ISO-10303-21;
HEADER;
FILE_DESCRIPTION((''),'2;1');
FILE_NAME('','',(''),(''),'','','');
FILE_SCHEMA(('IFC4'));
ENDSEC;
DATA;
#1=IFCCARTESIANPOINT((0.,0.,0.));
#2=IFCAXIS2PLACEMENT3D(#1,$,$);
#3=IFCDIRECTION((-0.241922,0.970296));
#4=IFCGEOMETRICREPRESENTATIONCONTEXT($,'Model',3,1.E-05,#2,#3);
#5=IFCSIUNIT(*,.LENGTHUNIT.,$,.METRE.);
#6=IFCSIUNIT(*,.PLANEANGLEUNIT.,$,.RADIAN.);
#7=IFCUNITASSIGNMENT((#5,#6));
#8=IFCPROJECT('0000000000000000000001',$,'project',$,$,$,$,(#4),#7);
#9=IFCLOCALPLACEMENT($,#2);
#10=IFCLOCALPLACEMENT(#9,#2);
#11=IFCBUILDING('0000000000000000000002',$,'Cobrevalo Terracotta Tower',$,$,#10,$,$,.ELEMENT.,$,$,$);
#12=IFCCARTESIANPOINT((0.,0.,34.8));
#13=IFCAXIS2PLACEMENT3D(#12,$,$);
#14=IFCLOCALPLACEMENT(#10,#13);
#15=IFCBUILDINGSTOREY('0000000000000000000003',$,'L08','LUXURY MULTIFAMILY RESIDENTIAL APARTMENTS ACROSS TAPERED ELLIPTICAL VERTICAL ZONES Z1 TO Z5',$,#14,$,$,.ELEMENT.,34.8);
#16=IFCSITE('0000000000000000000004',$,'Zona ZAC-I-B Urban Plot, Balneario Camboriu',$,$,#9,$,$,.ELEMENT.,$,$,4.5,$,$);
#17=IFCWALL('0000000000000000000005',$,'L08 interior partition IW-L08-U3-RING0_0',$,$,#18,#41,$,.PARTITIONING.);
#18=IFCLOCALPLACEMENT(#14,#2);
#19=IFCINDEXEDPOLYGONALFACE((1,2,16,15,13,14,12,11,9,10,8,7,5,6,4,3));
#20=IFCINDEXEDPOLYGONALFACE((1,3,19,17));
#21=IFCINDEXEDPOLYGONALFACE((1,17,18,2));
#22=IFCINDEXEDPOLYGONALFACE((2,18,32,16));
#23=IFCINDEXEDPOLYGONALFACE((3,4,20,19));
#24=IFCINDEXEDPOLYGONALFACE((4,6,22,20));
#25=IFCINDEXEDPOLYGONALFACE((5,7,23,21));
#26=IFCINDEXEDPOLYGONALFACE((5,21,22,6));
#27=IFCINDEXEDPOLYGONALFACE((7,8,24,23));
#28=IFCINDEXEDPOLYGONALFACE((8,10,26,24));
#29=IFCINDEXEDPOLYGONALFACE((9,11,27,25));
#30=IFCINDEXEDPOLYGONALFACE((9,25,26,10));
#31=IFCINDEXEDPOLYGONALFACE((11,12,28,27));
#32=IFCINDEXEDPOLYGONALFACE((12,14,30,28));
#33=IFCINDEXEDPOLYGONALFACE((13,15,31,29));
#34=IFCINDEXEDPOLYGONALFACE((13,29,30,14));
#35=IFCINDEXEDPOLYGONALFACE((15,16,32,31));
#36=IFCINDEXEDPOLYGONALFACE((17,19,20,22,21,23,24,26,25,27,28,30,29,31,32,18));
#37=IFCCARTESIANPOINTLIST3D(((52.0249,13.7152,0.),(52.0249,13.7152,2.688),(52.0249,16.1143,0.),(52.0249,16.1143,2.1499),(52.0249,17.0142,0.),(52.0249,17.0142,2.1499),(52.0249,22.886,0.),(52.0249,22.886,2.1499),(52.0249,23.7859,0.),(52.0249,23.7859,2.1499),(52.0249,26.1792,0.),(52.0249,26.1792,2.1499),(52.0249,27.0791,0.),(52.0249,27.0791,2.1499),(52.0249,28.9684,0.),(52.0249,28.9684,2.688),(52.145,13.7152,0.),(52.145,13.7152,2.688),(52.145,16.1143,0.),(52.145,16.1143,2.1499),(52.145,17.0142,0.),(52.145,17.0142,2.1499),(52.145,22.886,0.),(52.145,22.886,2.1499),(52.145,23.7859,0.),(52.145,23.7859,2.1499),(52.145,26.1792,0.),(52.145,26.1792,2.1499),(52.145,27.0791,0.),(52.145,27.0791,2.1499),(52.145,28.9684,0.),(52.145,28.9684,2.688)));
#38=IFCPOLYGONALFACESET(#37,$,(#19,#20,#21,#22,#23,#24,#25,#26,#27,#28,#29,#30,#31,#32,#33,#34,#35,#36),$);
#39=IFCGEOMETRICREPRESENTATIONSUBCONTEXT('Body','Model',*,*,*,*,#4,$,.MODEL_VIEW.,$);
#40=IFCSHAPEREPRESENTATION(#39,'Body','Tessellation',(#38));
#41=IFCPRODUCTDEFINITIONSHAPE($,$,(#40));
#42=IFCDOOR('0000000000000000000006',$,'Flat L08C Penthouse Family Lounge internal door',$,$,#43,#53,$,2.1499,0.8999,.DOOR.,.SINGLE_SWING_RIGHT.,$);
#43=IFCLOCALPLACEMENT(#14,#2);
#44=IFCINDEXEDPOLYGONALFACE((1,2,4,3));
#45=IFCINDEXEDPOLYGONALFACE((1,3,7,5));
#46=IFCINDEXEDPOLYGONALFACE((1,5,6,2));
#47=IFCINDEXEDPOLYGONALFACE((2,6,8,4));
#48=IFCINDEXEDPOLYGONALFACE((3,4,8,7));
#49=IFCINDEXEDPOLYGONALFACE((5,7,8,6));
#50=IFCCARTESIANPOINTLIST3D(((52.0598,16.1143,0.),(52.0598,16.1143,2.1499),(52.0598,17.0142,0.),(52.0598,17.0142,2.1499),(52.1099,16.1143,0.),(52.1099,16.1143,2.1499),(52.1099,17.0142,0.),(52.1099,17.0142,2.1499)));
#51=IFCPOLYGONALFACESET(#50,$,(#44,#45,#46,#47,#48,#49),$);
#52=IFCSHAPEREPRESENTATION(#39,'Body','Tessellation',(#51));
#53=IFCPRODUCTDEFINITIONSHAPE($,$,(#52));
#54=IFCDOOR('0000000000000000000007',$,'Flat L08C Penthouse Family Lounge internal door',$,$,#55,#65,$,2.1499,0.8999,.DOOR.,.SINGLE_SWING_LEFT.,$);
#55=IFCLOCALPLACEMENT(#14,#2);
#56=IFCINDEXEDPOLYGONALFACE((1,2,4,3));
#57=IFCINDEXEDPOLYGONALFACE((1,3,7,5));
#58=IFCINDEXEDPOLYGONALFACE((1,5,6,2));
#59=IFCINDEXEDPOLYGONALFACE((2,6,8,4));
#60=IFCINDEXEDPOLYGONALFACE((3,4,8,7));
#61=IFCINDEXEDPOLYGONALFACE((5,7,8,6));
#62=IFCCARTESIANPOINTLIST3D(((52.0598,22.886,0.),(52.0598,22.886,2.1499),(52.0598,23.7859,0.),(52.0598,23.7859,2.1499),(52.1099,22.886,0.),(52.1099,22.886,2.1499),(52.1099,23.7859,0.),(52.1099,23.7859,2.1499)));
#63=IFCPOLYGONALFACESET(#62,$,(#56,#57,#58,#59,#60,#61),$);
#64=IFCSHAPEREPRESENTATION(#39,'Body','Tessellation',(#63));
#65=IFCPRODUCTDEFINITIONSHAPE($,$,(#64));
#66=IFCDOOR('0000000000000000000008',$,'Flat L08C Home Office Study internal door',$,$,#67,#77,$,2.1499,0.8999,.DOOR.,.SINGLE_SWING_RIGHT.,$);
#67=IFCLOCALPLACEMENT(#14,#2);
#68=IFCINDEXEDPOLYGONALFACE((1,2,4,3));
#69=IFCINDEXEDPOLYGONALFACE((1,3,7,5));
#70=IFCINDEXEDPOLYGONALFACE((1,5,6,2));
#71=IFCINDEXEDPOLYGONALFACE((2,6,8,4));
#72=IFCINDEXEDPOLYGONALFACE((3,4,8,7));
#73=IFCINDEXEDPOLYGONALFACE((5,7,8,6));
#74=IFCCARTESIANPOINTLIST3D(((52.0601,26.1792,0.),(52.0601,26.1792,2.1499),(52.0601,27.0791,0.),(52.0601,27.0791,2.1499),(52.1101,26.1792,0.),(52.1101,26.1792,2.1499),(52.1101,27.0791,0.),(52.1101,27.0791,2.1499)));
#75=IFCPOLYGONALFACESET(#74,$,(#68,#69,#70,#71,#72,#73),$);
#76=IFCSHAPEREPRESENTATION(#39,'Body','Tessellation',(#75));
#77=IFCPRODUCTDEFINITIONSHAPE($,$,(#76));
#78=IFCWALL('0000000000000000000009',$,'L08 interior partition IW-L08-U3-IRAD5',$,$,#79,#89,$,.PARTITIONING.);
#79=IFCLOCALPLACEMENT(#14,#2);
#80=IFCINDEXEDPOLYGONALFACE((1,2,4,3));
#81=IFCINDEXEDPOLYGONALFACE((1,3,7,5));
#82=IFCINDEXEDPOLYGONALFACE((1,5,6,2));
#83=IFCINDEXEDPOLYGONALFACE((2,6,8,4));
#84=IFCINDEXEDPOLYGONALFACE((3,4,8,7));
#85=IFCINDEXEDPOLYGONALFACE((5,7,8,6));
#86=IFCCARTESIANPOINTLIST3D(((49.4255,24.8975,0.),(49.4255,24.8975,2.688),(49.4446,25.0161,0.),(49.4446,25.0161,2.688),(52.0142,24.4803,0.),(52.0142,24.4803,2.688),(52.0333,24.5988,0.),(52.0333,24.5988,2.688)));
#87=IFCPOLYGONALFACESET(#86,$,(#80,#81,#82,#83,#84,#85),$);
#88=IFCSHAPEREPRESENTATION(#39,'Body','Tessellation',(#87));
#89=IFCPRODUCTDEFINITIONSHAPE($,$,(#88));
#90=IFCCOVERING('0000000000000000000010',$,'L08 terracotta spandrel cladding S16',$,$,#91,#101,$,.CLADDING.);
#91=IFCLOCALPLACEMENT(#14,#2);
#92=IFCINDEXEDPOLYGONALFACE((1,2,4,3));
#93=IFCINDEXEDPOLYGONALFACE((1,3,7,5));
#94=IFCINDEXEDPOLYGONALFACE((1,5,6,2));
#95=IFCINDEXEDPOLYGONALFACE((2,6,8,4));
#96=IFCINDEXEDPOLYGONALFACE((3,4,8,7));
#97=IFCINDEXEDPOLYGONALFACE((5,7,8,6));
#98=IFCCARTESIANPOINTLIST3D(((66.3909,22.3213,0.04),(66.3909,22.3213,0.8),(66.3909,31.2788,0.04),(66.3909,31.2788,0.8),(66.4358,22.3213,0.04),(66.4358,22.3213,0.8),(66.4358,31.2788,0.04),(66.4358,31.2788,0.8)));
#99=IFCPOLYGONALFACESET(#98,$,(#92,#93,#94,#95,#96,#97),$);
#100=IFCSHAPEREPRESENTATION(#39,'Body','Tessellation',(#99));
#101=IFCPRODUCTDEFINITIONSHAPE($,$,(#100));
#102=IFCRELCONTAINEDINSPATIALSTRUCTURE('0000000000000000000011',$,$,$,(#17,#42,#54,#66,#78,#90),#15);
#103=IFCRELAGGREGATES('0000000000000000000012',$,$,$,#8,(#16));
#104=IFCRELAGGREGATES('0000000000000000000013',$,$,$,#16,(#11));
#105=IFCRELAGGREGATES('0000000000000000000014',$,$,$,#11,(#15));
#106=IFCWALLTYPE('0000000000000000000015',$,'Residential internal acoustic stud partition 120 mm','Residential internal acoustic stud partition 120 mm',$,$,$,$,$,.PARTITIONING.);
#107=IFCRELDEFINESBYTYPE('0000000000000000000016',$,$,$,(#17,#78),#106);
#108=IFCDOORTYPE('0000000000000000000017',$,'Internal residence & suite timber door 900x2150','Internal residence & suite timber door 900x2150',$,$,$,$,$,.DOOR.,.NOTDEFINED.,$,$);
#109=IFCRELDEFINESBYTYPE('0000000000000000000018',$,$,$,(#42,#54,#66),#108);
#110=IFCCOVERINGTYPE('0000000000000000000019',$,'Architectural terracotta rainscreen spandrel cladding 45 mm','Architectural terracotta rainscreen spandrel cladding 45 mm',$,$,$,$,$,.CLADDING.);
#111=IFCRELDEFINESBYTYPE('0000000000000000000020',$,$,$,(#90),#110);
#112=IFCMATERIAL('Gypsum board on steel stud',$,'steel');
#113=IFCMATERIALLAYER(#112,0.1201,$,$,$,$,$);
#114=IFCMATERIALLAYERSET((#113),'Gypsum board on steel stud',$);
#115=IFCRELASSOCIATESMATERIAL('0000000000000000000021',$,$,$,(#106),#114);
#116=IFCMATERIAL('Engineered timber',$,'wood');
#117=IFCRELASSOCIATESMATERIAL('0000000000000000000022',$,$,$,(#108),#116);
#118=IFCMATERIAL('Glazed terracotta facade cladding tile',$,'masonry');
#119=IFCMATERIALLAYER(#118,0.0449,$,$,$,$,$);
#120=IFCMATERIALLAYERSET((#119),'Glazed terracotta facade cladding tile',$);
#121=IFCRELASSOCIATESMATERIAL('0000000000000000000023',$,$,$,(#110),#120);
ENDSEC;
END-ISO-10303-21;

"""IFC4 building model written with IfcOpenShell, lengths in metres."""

from ifc_helpers import new_model, si_unit, direction, frame, frame_2d, origin, origin_2d, place, context, subcontext, project, spatial, rectangle, extrude, source, transform, mapped, material, layer, layer_set, type_object, element, fill, save


model = new_model("IFC4")

# Units and contexts
model_context = context("Model", 3, precision=1e-05, world=origin(), true_north=direction((-0.241922, 0.970296)))
body_context = subcontext(model_context, "Body", "Model", "MODEL_VIEW")
ifc_project = project(units=[si_unit("LENGTHUNIT", "METRE"), si_unit("PLANEANGLEUNIT", "RADIAN")], contexts=[model_context])

# Site, building, storey
site_placement = place(None, origin())
site = spatial("IfcSite", under=ifc_project, at=site_placement, Name="Zona ZAC-I-B Urban Plot, Balneario Camboriu", CompositionType="ELEMENT", RefElevation=4.5)
building_placement = place(site_placement, origin())
building = spatial("IfcBuilding", under=site, at=building_placement, Name="Cobrevalo Terracotta Tower", CompositionType="ELEMENT")
storey_placement = place(building_placement, frame((0.0, 0.0, 34.8)))
storey = spatial("IfcBuildingStorey", under=building, at=storey_placement, Name="L08", Description="LUXURY MULTIFAMILY RESIDENTIAL APARTMENTS ACROSS TAPERED ELLIPTICAL VERTICAL ZONES Z1 TO Z5", CompositionType="ELEMENT", Elevation=34.8)

# Shared definitions
ifc_material_1 = material(Name="Gypsum board on steel stud", Category="steel")
ifc_layer_1 = layer(ifc_material_1, 0.1201)
ifc_layer_set_1 = layer_set([ifc_layer_1], Name="Gypsum board on steel stud")
wall_type_1 = type_object("IfcWallType", Name="Residential internal acoustic stud partition 120 mm", Description="Residential internal acoustic stud partition 120 mm", PredefinedType="PARTITIONING", material=ifc_layer_set_1)
ifc_material_2 = material(Name="Engineered timber", Category="wood")
door_type_1 = type_object("IfcDoorType", Name="Internal residence & suite timber door 900x2150", Description="Internal residence & suite timber door 900x2150", OperationType="NOTDEFINED", PredefinedType="DOOR", material=ifc_material_2)
shared_shape_1 = source(origin(), body_context, "Body", "SweptSolid", [
    extrude(rectangle(XDim=0.8999, YDim=2.1499, at=frame_2d((0.45, 1.075))), frame((0.0, 0.0249, 0.0), z_axis=(0.0, -1.0, 0.0), x_axis=(1.0, 0.0, 0.0)), (0.0, 0.0, 1.0), 0.05),
])

# Wall, openings, doors
wall_1_placement = place(storey_placement, frame((52.085, 28.9683, 0.0), z_axis=(0.0, 0.0, 1.0), x_axis=(0.0, -1.0, 0.0)))
wall_1 = element("IfcWall", 1, at=wall_1_placement, inside=storey, type_object=wall_type_1, Name="L08 interior partition IW-L08-U3-RING0_0", PredefinedType="PARTITIONING", context=body_context, shape_type="SweptSolid", body=[
    extrude(rectangle(XDim=15.2532, YDim=0.1201, at=frame_2d((7.6265, 0.0))), origin(), (0.0, 0.0, 1.0), 2.688),
])
opening_1_placement = place(wall_1_placement, frame((11.9541, 0.0, 0.0)))
opening_1 = element("IfcOpeningElement", 2, at=opening_1_placement, cuts=wall_1, PredefinedType="OPENING", context=body_context, shape_type="SweptSolid", body=[
    extrude(rectangle(XDim=0.8999, YDim=2.1499, at=frame_2d((0.45, 1.075))), frame((0.0, 0.0701, 0.0), z_axis=(0.0, -1.0, 0.0), x_axis=(1.0, 0.0, 0.0)), (0.0, 0.0, 1.0), 0.1401),
])
opening_2_placement = place(wall_1_placement, frame((5.1824, 0.0, 0.0)))
opening_2 = element("IfcOpeningElement", 3, at=opening_2_placement, cuts=wall_1, PredefinedType="OPENING", context=body_context, shape_type="SweptSolid", body=[
    extrude(rectangle(XDim=0.8999, YDim=2.1499, at=frame_2d((0.45, 1.075))), frame((0.0, 0.0701, 0.0), z_axis=(0.0, -1.0, 0.0), x_axis=(1.0, 0.0, 0.0)), (0.0, 0.0, 1.0), 0.1401),
])
opening_3_placement = place(wall_1_placement, frame((1.8892, 0.0, 0.0)))
opening_3 = element("IfcOpeningElement", 4, at=opening_3_placement, cuts=wall_1, PredefinedType="OPENING", context=body_context, shape_type="SweptSolid", body=[
    extrude(rectangle(XDim=0.8999, YDim=2.1499, at=frame_2d((0.45, 1.075))), frame((0.0, 0.0701, 0.0), z_axis=(0.0, -1.0, 0.0), x_axis=(1.0, 0.0, 0.0)), (0.0, 0.0, 1.0), 0.1401),
])
door_1_placement = place(opening_1_placement, origin())
door_1 = element("IfcDoor", 5, at=door_1_placement, inside=storey, type_object=door_type_1, Name="Flat L08C Penthouse Family Lounge internal door", OperationType="SINGLE_SWING_RIGHT", OverallHeight=2.1499, OverallWidth=0.8999, PredefinedType="DOOR", context=body_context, shape_type="MappedRepresentation", body=[
    mapped(shared_shape_1, transform((0.0, 0.0, 0.0), scale=1.0)),
])
fill(opening_1, door_1)
door_2_placement = place(opening_2_placement, origin())
door_2 = element("IfcDoor", 6, at=door_2_placement, inside=storey, type_object=door_type_1, Name="Flat L08C Penthouse Family Lounge internal door", OperationType="SINGLE_SWING_LEFT", OverallHeight=2.1499, OverallWidth=0.8999, PredefinedType="DOOR", context=body_context, shape_type="MappedRepresentation", body=[
    mapped(shared_shape_1, transform((0.0, 0.0, 0.0), scale=1.0)),
])
fill(opening_2, door_2)
door_3_placement = place(opening_3_placement, frame((0.8999, 0.0, 0.0), z_axis=(0.0, 0.0, 1.0), x_axis=(-1.0, 0.0, 0.0)))
door_3 = element("IfcDoor", 7, at=door_3_placement, inside=storey, type_object=door_type_1, Name="Flat L08C Home Office Study internal door", OperationType="SINGLE_SWING_RIGHT", OverallHeight=2.1499, OverallWidth=0.8999, PredefinedType="DOOR", context=body_context, shape_type="MappedRepresentation", body=[
    mapped(shared_shape_1, transform((0.0, 0.0, 0.0), scale=1.0)),
])
fill(opening_3, door_3)

# Wall
wall_2_placement = place(storey_placement, frame((49.4351, 24.9568, 0.0), z_axis=(0.0, 0.0, 1.0), x_axis=(0.987258, -0.159127, 0.0)))
element("IfcWall", 8, at=wall_2_placement, inside=storey, type_object=wall_type_1, Name="L08 interior partition IW-L08-U3-IRAD5", PredefinedType="PARTITIONING", context=body_context, shape_type="SweptSolid", body=[
    extrude(rectangle(XDim=2.6221, YDim=0.1201, at=frame_2d((1.311, 0.0))), origin(), (0.0, 0.0, 1.0), 2.688),
])

# Covering
ifc_material_3 = material(Name="Glazed terracotta facade cladding tile", Category="masonry")
ifc_layer_2 = layer(ifc_material_3, 0.0449)
ifc_layer_set_2 = layer_set([ifc_layer_2], Name="Glazed terracotta facade cladding tile")
covering_type = type_object("IfcCoveringType", Name="Architectural terracotta rainscreen spandrel cladding 45 mm", Description="Architectural terracotta rainscreen spandrel cladding 45 mm", PredefinedType="CLADDING", material=ifc_layer_set_2)
shared_shape_2 = source(origin(), body_context, "Body", "SweptSolid", [
    extrude(rectangle(XDim=8.9575, YDim=0.0449, at=origin_2d()), origin(), (0.0, 0.0, 1.0), 0.76),
])
covering_placement = place(storey_placement, frame((66.4133, 26.8, 0.04), z_axis=(0.0, 0.0, 1.0), x_axis=(0.0, 1.0, 0.0)))
element("IfcCovering", 9, at=covering_placement, inside=storey, type_object=covering_type, Name="L08 terracotta spandrel cladding S16", PredefinedType="CLADDING", context=body_context, shape_type="MappedRepresentation", body=[
    mapped(shared_shape_2, transform((0.0, 0.0, 0.0), scale=1.0)),
])

save(model, "model.ifc")
